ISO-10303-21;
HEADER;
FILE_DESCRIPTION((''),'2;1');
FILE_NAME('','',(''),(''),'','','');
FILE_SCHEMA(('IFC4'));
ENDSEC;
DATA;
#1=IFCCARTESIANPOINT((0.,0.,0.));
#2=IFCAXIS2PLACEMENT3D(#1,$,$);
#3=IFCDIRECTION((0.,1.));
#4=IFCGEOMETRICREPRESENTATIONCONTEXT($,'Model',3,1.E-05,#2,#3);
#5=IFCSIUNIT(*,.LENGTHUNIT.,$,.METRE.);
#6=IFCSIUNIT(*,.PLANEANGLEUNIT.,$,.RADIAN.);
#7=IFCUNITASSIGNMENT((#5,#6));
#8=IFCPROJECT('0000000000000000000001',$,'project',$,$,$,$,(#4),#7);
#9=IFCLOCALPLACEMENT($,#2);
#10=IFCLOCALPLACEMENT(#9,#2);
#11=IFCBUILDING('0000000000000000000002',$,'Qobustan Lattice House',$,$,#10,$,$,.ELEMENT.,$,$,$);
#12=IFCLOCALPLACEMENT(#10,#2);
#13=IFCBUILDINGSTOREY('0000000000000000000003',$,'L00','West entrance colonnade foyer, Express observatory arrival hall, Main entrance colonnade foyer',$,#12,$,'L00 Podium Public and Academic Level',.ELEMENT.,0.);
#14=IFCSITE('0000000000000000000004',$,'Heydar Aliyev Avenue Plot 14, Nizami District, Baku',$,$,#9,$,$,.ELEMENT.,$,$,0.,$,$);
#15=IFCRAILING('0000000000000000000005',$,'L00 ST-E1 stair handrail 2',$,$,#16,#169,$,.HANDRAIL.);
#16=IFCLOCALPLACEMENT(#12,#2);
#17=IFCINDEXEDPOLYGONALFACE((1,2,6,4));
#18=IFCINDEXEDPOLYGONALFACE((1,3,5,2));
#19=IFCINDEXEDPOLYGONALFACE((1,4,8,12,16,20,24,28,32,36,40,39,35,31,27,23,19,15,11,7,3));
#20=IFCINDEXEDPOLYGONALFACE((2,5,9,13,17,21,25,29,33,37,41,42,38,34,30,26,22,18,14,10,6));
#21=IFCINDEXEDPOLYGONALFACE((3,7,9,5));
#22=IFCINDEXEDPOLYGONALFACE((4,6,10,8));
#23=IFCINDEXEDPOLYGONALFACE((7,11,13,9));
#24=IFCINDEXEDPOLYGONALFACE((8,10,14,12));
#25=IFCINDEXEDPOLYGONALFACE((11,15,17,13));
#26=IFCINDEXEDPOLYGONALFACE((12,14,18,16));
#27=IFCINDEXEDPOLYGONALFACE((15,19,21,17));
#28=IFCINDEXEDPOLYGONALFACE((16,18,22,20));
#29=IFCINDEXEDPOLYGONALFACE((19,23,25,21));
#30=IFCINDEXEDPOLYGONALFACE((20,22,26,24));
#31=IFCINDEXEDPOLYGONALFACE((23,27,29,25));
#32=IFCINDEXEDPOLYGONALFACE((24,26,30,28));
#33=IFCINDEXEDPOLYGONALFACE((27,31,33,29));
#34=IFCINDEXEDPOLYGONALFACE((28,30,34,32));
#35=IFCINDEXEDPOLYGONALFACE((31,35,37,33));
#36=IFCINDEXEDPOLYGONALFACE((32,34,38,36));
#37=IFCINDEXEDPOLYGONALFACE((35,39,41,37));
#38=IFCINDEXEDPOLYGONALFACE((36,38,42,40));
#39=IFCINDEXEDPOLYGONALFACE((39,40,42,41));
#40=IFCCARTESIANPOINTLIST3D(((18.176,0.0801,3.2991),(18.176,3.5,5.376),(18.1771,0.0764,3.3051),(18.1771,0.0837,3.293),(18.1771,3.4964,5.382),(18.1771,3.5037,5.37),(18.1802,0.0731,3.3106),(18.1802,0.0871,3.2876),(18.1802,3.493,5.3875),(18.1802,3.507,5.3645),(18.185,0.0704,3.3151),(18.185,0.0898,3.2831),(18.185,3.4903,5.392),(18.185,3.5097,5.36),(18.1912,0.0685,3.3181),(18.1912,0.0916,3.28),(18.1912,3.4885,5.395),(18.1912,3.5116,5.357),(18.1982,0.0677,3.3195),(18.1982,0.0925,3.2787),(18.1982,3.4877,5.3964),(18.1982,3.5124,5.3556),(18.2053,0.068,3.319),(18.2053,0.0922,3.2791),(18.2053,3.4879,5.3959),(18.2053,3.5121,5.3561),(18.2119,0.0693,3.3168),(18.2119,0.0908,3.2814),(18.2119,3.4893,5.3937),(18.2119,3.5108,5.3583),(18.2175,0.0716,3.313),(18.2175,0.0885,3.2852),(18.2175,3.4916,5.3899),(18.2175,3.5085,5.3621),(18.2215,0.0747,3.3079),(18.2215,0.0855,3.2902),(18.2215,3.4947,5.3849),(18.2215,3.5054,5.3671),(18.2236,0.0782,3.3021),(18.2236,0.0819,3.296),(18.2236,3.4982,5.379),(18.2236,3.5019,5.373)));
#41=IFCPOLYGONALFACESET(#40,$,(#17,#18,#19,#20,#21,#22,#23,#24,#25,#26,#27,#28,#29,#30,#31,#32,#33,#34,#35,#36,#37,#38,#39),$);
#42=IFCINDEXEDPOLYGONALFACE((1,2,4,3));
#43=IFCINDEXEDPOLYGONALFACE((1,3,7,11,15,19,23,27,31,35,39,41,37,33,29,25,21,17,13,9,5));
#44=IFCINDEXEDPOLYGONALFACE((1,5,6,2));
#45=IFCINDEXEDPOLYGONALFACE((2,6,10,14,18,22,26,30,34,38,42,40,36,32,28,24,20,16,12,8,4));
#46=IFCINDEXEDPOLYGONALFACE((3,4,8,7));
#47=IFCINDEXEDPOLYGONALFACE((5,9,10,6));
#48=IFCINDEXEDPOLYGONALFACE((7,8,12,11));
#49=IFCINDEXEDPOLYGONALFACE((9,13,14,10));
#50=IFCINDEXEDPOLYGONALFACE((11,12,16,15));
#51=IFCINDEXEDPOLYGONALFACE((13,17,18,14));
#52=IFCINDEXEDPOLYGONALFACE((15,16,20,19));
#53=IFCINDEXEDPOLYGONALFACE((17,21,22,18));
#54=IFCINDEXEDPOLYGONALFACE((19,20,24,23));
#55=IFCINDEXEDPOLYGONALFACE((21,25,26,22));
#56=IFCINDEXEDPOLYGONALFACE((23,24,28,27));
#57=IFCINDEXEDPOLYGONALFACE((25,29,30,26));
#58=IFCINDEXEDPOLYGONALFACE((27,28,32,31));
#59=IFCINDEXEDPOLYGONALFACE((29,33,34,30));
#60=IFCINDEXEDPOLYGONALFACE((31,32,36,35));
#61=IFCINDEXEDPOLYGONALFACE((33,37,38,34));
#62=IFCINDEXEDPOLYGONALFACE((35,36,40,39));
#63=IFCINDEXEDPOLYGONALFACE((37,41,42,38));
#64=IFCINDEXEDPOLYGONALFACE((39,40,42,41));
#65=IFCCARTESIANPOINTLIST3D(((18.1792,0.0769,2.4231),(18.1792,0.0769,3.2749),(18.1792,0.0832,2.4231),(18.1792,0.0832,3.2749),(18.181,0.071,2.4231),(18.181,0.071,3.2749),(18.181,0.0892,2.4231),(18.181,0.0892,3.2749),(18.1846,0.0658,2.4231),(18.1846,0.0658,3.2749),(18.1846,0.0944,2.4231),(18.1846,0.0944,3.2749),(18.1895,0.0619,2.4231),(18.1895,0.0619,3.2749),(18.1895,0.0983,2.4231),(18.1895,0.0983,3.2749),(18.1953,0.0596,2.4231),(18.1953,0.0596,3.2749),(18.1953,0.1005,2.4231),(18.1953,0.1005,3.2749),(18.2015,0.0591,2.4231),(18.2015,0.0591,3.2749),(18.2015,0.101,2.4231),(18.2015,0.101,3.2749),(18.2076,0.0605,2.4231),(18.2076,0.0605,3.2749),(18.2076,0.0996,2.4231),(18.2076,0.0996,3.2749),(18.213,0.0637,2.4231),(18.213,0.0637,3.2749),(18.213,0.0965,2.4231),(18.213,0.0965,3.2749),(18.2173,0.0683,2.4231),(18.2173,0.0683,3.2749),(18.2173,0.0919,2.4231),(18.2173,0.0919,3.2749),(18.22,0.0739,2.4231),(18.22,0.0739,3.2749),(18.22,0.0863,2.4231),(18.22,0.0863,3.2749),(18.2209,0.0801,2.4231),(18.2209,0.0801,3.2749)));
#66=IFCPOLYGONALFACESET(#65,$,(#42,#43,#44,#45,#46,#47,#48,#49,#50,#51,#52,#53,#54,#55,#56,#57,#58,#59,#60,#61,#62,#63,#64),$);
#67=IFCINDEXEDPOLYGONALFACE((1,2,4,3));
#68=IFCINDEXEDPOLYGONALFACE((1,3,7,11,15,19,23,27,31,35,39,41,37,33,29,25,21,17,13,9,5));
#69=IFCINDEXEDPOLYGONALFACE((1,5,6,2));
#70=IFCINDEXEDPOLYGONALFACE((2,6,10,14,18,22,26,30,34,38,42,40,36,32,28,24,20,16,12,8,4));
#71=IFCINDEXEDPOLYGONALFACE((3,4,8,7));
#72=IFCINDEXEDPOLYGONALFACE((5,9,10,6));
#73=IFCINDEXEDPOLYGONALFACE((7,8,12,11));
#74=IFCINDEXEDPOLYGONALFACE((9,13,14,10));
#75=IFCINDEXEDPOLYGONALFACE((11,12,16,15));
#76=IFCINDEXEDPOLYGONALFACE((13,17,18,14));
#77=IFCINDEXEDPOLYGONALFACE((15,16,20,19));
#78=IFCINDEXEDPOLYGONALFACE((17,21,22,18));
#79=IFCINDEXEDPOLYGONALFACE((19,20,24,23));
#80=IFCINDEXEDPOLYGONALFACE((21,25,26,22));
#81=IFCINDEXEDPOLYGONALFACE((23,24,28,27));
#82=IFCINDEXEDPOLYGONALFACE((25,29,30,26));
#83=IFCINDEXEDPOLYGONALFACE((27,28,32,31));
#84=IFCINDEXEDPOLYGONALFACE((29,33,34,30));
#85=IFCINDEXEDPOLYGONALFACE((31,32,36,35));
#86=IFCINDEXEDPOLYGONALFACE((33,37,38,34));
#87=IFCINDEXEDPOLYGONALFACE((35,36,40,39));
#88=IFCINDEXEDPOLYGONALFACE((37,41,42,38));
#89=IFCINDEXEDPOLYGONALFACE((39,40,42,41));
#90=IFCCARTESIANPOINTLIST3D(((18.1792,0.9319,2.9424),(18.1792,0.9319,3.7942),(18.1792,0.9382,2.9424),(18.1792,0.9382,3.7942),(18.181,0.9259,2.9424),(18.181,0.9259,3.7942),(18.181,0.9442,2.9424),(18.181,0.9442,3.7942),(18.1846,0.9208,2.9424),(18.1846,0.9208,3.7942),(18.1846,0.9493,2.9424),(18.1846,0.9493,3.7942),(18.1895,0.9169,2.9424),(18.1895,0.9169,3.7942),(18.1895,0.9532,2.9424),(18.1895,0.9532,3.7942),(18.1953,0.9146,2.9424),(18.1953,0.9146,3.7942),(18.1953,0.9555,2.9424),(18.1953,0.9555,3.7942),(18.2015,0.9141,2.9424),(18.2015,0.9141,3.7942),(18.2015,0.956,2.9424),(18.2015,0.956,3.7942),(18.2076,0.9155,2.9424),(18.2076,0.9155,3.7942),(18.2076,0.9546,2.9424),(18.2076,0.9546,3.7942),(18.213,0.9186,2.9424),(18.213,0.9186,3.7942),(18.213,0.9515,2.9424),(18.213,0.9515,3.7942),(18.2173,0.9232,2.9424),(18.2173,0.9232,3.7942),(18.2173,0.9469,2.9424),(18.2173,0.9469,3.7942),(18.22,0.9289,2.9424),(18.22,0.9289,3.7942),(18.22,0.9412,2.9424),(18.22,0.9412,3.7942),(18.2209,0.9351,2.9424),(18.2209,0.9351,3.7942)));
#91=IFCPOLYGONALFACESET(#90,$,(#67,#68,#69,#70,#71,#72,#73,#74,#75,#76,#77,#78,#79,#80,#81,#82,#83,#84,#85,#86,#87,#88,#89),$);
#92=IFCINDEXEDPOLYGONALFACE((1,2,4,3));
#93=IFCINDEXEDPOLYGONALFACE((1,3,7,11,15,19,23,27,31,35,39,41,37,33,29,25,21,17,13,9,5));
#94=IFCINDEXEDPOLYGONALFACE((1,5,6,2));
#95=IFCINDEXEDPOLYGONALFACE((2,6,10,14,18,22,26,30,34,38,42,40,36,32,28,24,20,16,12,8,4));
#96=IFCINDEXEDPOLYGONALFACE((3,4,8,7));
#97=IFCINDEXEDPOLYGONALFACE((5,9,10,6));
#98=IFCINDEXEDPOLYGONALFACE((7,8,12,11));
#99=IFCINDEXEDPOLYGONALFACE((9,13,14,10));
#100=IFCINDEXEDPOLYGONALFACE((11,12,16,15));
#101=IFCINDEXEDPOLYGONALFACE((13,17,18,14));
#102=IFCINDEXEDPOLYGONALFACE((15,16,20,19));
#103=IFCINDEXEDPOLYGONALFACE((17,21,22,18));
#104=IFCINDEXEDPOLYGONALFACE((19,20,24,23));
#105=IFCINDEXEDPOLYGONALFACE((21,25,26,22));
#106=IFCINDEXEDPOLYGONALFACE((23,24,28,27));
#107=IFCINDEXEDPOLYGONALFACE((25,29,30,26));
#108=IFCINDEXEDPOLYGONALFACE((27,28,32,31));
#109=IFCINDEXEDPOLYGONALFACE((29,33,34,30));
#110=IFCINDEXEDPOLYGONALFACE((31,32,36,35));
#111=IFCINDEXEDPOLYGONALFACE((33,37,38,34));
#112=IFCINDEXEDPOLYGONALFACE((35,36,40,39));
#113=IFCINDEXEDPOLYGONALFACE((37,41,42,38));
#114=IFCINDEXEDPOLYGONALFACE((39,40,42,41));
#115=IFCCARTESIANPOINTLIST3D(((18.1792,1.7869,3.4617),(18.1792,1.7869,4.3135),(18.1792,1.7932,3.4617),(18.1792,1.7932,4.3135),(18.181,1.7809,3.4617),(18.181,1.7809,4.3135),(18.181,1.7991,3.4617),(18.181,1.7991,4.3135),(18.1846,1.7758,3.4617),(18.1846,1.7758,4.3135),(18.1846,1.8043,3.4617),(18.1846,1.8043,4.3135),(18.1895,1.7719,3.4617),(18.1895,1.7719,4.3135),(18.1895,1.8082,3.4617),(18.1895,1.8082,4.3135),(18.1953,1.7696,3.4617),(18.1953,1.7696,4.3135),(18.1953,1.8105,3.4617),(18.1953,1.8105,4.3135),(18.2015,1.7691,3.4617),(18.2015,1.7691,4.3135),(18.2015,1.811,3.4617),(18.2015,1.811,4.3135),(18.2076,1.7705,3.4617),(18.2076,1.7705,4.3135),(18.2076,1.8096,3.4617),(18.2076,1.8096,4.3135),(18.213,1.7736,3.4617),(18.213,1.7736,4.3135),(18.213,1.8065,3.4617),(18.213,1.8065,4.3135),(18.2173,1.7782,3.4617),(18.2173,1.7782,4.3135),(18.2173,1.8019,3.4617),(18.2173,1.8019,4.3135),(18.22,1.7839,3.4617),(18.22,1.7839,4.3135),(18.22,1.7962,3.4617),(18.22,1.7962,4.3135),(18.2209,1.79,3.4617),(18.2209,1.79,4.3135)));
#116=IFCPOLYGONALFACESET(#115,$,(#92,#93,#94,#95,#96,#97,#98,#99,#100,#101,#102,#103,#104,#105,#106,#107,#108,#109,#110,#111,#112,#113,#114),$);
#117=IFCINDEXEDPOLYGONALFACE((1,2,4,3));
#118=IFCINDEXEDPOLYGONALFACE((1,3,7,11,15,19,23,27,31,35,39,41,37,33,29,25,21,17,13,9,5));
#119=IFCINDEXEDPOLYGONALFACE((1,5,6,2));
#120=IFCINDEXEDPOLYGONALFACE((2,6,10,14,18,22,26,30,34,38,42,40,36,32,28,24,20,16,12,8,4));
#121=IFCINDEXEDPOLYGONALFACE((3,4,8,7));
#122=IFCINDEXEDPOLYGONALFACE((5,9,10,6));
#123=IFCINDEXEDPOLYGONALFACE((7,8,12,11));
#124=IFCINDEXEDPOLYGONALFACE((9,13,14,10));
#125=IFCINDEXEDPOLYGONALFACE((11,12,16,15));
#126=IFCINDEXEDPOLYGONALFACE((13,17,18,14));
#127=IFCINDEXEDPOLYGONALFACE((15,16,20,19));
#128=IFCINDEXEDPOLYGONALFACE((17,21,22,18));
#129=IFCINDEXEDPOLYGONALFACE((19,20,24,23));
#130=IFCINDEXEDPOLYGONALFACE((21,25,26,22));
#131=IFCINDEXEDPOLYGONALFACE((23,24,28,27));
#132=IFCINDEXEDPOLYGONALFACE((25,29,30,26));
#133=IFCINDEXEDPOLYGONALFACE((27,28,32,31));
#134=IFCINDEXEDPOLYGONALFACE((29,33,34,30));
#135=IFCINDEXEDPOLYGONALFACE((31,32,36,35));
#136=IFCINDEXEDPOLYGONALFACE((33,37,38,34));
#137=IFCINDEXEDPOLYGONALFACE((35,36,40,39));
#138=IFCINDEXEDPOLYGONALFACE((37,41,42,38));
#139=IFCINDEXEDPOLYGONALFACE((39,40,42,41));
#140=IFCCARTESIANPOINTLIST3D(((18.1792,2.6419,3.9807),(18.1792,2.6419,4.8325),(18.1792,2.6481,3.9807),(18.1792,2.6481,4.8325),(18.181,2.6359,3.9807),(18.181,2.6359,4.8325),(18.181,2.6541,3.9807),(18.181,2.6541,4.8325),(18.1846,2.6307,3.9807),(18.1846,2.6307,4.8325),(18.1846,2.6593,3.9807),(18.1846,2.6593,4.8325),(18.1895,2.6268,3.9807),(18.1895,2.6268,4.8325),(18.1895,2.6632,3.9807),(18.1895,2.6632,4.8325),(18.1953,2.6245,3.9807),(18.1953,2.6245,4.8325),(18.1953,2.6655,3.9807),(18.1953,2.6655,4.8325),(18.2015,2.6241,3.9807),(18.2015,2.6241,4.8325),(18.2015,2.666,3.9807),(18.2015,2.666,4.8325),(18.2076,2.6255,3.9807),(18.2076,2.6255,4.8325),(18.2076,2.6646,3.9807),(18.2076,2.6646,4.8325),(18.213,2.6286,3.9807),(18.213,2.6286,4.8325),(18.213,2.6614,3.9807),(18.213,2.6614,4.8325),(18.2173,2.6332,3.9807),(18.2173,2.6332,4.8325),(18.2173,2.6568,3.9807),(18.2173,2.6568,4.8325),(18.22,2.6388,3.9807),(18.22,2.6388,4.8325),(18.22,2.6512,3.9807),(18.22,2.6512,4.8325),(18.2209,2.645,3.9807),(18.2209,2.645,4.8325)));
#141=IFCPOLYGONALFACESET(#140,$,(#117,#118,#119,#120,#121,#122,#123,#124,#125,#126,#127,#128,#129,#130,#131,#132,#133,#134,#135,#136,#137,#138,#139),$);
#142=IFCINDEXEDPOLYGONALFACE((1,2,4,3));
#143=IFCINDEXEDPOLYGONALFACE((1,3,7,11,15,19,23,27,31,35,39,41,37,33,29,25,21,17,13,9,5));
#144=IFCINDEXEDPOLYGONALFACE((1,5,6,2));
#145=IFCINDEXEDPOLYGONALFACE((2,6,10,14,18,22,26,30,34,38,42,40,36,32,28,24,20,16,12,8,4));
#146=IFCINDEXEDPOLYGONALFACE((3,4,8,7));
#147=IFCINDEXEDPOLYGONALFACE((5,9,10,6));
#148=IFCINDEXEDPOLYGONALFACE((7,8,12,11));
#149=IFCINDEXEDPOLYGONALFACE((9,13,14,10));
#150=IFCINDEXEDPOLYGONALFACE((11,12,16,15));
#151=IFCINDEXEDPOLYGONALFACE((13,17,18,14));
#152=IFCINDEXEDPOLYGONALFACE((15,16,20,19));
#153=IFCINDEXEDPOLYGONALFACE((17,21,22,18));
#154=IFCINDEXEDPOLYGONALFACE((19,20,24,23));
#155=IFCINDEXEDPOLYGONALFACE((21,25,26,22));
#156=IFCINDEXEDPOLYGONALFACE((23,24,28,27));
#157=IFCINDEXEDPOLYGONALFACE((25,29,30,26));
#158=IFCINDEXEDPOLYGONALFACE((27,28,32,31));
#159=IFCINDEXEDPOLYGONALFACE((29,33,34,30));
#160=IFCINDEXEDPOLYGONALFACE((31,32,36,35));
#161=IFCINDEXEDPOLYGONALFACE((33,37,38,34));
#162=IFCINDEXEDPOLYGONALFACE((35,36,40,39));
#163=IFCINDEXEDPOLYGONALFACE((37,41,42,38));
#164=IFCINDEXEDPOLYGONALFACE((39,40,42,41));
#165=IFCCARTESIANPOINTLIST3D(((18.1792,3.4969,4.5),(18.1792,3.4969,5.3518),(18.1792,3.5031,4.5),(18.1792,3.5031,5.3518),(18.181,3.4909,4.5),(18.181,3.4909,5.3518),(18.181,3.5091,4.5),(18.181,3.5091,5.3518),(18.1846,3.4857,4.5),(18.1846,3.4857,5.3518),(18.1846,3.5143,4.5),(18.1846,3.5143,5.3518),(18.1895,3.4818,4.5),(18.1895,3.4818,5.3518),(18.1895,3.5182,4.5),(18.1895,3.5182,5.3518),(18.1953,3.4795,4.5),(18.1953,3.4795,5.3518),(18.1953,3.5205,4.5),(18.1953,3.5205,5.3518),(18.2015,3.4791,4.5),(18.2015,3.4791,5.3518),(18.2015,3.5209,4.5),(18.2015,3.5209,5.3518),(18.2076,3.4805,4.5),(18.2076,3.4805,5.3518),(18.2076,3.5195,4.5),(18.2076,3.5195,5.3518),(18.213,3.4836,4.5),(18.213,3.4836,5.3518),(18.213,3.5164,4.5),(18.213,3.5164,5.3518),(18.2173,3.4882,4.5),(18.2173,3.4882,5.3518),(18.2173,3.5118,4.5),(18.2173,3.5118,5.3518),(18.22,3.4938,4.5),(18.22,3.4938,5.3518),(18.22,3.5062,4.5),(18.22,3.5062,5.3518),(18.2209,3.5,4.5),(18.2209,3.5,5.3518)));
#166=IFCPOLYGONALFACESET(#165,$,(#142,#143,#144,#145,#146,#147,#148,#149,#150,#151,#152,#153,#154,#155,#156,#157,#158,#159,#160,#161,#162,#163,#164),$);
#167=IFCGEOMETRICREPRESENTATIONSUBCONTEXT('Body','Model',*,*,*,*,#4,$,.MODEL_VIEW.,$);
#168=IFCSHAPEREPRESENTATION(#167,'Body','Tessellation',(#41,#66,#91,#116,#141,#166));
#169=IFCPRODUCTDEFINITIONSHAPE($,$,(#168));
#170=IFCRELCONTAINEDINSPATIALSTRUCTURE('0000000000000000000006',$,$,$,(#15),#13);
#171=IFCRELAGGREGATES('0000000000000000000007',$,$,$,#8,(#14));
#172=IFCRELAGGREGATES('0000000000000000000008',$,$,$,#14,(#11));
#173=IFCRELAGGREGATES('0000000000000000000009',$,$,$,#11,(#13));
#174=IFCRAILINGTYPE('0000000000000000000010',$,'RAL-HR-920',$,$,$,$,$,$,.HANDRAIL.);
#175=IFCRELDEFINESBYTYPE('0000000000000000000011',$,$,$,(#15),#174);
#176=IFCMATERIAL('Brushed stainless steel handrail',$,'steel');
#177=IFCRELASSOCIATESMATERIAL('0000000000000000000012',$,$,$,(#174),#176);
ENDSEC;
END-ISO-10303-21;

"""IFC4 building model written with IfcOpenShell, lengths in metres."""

from ifc_helpers import new_model, si_unit, direction, frame, origin, origin_2d, place, context, subcontext, project, spatial, circle, extrude, material, type_object, element, save


model = new_model("IFC4")

# Units and contexts
model_context = context("Model", 3, precision=1e-05, world=origin(), true_north=direction((0.0, 1.0)))
body_context = subcontext(model_context, "Body", "Model", "MODEL_VIEW")
ifc_project = project(units=[si_unit("LENGTHUNIT", "METRE"), si_unit("PLANEANGLEUNIT", "RADIAN")], contexts=[model_context])

# Site, building, storey
site_placement = place(None, origin())
site = spatial("IfcSite", under=ifc_project, at=site_placement, Name="Heydar Aliyev Avenue Plot 14, Nizami District, Baku", CompositionType="ELEMENT", RefElevation=0.0)
building_placement = place(site_placement, origin())
building = spatial("IfcBuilding", under=site, at=building_placement, Name="Qobustan Lattice House", CompositionType="ELEMENT")
storey_placement = place(building_placement, origin())
storey = spatial("IfcBuildingStorey", under=building, at=storey_placement, Name="L00", Description="West entrance colonnade foyer, Express observatory arrival hall, Main entrance colonnade foyer", LongName="L00 Podium Public and Academic Level", CompositionType="ELEMENT", Elevation=0.0)

# Railing
ifc_material_1 = material(Name="Brushed stainless steel handrail", Category="steel")
railing_type_1 = type_object("IfcRailingType", Name="RAL-HR-920", PredefinedType="HANDRAIL", material=ifc_material_1)
railing_1_placement = place(storey_placement, frame((18.2, 0.0801, 2.4231)))
element("IfcRailing", 1, at=railing_1_placement, inside=storey, type_object=railing_type_1, Name="L00 ST-E1 stair handrail 2", PredefinedType="HANDRAIL", context=body_context, shape_type="SweptSolid", body=[
    extrude(circle(Radius=0.0239, at=origin_2d()), frame((0.0, 0.0, 0.876), z_axis=(0.0, 0.85473, 0.519074), x_axis=(-1.0, 0.0, 0.0)), (0.0, 0.0, 1.0), 4.0012),
    extrude(circle(Radius=0.021, at=origin_2d()), origin(), (0.0, 0.0, 1.0), 0.8518),
    extrude(circle(Radius=0.021, at=origin_2d()), frame((0.0, 0.855, 0.5193)), (0.0, 0.0, 1.0), 0.8518),
    extrude(circle(Radius=0.021, at=origin_2d()), frame((0.0, 1.71, 1.0386)), (0.0, 0.0, 1.0), 0.8518),
    extrude(circle(Radius=0.021, at=origin_2d()), frame((0.0, 2.5649, 1.5576)), (0.0, 0.0, 1.0), 0.8518),
    extrude(circle(Radius=0.021, at=origin_2d()), frame((0.0, 3.4199, 2.0769)), (0.0, 0.0, 1.0), 0.8518),
])

save(model, "model.ifc")
